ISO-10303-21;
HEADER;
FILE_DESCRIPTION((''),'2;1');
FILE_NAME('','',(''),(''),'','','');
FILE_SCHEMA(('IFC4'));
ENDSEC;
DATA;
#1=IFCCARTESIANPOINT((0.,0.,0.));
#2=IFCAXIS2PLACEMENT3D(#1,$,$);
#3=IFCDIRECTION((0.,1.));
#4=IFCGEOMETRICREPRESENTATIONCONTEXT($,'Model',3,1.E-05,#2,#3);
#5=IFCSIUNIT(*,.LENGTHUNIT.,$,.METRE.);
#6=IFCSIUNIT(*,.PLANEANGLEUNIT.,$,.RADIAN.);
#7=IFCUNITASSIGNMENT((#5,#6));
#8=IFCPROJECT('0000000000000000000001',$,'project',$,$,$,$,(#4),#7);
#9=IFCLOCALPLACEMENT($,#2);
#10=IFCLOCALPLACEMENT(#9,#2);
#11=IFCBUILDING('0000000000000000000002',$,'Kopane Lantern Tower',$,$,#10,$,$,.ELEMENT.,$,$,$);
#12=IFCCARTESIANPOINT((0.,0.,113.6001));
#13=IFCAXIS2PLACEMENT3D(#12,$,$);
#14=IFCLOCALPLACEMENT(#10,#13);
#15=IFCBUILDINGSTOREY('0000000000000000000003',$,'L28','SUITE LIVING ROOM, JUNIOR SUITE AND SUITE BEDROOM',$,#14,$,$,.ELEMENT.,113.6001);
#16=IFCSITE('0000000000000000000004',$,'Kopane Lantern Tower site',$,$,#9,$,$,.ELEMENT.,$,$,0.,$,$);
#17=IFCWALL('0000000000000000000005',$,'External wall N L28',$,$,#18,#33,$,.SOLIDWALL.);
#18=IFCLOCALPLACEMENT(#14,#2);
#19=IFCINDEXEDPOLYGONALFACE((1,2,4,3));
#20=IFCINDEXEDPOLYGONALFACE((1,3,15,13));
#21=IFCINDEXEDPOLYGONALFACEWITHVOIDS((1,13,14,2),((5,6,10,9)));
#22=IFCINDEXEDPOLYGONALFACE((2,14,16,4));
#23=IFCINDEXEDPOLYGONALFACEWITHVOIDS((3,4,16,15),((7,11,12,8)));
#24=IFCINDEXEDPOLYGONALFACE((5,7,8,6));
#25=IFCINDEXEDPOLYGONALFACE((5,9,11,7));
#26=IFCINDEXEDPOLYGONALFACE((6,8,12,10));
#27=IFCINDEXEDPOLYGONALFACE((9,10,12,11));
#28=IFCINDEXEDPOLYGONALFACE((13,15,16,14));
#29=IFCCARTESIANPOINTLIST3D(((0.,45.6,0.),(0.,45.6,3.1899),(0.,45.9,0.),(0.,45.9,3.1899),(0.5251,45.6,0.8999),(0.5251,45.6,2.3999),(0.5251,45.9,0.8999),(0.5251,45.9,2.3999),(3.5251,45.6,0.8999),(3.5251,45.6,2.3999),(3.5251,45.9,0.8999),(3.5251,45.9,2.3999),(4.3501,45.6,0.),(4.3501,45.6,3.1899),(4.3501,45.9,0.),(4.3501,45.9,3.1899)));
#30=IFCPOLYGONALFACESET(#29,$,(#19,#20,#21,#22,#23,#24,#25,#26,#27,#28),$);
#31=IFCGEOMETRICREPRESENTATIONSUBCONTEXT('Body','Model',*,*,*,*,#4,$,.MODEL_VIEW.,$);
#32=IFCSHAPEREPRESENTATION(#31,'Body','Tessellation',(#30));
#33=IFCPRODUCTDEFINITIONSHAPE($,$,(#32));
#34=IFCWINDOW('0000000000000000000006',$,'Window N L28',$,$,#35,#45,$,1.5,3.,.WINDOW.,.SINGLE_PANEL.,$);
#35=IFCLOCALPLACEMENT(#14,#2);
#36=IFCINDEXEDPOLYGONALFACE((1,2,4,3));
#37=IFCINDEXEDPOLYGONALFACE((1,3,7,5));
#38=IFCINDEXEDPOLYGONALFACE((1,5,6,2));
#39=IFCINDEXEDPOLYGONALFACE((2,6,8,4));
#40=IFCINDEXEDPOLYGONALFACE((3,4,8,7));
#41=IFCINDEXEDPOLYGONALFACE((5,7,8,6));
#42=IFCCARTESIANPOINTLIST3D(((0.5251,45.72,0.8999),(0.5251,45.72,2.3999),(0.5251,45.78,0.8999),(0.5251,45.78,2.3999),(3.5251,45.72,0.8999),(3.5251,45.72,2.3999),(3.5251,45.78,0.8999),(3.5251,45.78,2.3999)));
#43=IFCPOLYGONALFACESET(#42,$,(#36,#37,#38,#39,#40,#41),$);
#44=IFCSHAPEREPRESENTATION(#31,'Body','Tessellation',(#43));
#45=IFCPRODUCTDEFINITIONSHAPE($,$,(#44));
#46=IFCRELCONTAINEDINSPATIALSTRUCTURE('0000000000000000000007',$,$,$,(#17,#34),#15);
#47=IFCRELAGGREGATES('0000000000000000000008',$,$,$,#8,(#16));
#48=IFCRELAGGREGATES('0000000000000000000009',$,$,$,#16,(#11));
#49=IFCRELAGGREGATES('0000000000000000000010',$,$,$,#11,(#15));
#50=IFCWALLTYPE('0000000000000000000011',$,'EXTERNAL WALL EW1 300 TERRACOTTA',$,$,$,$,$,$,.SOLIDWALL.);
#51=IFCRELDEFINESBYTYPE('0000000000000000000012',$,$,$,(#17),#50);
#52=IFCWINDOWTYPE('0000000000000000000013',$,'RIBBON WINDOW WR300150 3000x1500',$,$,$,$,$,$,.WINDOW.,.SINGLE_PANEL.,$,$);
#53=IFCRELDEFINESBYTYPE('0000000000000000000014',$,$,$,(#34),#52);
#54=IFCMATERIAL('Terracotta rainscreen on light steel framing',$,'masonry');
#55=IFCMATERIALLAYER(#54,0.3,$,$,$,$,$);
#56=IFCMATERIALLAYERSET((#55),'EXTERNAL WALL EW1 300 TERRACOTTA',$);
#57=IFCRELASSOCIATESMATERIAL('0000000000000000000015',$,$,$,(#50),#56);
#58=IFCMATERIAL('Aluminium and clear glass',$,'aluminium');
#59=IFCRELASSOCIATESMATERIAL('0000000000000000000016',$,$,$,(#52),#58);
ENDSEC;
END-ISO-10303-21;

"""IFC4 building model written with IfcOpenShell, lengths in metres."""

from ifc_helpers import new_model, si_unit, direction, frame, frame_2d, origin, place, context, subcontext, project, spatial, rectangle, extrude, material, layer, layer_set, type_object, element, fill, save


model = new_model("IFC4")

# Units and contexts
model_context = context("Model", 3, precision=1e-05, world=origin(), true_north=direction((0.0, 1.0)))
body_context = subcontext(model_context, "Body", "Model", "MODEL_VIEW")
ifc_project = project(units=[si_unit("LENGTHUNIT", "METRE"), si_unit("PLANEANGLEUNIT", "RADIAN")], contexts=[model_context])

# Site, building, storey
site_placement = place(None, origin())
site = spatial("IfcSite", under=ifc_project, at=site_placement, Name="Kopane Lantern Tower site", CompositionType="ELEMENT", RefElevation=0.0)
building_placement = place(site_placement, origin())
building = spatial("IfcBuilding", under=site, at=building_placement, Name="Kopane Lantern Tower", CompositionType="ELEMENT")
storey_placement = place(building_placement, frame((0.0, 0.0, 113.6001)))
storey = spatial("IfcBuildingStorey", under=building, at=storey_placement, Name="L28", Description="SUITE LIVING ROOM, JUNIOR SUITE AND SUITE BEDROOM", CompositionType="ELEMENT", Elevation=113.6001)

# Wall, opening, window
ifc_material_1 = material(Name="Terracotta rainscreen on light steel framing", Category="masonry")
ifc_layer_1 = layer(ifc_material_1, 0.3)
ifc_layer_set_1 = layer_set([ifc_layer_1], Name="EXTERNAL WALL EW1 300 TERRACOTTA")
wall_type_1 = type_object("IfcWallType", Name="EXTERNAL WALL EW1 300 TERRACOTTA", PredefinedType="SOLIDWALL", material=ifc_layer_set_1)
ifc_material_2 = material(Name="Aluminium and clear glass", Category="aluminium")
window_type_1 = type_object("IfcWindowType", Name="RIBBON WINDOW WR300150 3000x1500", PartitioningType="SINGLE_PANEL", PredefinedType="WINDOW", material=ifc_material_2)
wall_1_placement = place(storey_placement, frame((4.3501, 45.75, 0.0), z_axis=(0.0, 0.0, 1.0), x_axis=(-1.0, 0.0, 0.0)))
wall_1 = element("IfcWall", 1, at=wall_1_placement, inside=storey, type_object=wall_type_1, Name="External wall N L28", PredefinedType="SOLIDWALL", context=body_context, shape_type="SweptSolid", body=[
    extrude(rectangle(XDim=4.3501, YDim=0.3, at=frame_2d((2.175, 0.0))), origin(), (0.0, 0.0, 1.0), 3.1899),
])
opening_1_placement = place(wall_1_placement, frame((0.825, 0.0, 0.8999)))
opening_1 = element("IfcOpeningElement", 2, at=opening_1_placement, cuts=wall_1, PredefinedType="OPENING", context=body_context, shape_type="SweptSolid", body=[
    extrude(rectangle(XDim=3.0, YDim=1.5, at=frame_2d((1.5, 0.75))), frame((0.0, 0.1599, 0.0), z_axis=(0.0, -1.0, 0.0), x_axis=(1.0, 0.0, 0.0)), (0.0, 0.0, 1.0), 0.3201),
])
window_1_placement = place(opening_1_placement, origin())
window_1 = element("IfcWindow", 3, at=window_1_placement, inside=storey, type_object=window_type_1, Name="Window N L28", OverallHeight=1.5, OverallWidth=3.0, PartitioningType="SINGLE_PANEL", PredefinedType="WINDOW", context=body_context, shape_type="SweptSolid", body=[
    extrude(rectangle(XDim=3.0, YDim=1.5, at=frame_2d((1.5, 0.75))), frame((0.0, 0.03, 0.0), z_axis=(0.0, -1.0, 0.0), x_axis=(1.0, 0.0, 0.0)), (0.0, 0.0, 1.0), 0.0601),
])
fill(opening_1, window_1)

save(model, "model.ifc")
